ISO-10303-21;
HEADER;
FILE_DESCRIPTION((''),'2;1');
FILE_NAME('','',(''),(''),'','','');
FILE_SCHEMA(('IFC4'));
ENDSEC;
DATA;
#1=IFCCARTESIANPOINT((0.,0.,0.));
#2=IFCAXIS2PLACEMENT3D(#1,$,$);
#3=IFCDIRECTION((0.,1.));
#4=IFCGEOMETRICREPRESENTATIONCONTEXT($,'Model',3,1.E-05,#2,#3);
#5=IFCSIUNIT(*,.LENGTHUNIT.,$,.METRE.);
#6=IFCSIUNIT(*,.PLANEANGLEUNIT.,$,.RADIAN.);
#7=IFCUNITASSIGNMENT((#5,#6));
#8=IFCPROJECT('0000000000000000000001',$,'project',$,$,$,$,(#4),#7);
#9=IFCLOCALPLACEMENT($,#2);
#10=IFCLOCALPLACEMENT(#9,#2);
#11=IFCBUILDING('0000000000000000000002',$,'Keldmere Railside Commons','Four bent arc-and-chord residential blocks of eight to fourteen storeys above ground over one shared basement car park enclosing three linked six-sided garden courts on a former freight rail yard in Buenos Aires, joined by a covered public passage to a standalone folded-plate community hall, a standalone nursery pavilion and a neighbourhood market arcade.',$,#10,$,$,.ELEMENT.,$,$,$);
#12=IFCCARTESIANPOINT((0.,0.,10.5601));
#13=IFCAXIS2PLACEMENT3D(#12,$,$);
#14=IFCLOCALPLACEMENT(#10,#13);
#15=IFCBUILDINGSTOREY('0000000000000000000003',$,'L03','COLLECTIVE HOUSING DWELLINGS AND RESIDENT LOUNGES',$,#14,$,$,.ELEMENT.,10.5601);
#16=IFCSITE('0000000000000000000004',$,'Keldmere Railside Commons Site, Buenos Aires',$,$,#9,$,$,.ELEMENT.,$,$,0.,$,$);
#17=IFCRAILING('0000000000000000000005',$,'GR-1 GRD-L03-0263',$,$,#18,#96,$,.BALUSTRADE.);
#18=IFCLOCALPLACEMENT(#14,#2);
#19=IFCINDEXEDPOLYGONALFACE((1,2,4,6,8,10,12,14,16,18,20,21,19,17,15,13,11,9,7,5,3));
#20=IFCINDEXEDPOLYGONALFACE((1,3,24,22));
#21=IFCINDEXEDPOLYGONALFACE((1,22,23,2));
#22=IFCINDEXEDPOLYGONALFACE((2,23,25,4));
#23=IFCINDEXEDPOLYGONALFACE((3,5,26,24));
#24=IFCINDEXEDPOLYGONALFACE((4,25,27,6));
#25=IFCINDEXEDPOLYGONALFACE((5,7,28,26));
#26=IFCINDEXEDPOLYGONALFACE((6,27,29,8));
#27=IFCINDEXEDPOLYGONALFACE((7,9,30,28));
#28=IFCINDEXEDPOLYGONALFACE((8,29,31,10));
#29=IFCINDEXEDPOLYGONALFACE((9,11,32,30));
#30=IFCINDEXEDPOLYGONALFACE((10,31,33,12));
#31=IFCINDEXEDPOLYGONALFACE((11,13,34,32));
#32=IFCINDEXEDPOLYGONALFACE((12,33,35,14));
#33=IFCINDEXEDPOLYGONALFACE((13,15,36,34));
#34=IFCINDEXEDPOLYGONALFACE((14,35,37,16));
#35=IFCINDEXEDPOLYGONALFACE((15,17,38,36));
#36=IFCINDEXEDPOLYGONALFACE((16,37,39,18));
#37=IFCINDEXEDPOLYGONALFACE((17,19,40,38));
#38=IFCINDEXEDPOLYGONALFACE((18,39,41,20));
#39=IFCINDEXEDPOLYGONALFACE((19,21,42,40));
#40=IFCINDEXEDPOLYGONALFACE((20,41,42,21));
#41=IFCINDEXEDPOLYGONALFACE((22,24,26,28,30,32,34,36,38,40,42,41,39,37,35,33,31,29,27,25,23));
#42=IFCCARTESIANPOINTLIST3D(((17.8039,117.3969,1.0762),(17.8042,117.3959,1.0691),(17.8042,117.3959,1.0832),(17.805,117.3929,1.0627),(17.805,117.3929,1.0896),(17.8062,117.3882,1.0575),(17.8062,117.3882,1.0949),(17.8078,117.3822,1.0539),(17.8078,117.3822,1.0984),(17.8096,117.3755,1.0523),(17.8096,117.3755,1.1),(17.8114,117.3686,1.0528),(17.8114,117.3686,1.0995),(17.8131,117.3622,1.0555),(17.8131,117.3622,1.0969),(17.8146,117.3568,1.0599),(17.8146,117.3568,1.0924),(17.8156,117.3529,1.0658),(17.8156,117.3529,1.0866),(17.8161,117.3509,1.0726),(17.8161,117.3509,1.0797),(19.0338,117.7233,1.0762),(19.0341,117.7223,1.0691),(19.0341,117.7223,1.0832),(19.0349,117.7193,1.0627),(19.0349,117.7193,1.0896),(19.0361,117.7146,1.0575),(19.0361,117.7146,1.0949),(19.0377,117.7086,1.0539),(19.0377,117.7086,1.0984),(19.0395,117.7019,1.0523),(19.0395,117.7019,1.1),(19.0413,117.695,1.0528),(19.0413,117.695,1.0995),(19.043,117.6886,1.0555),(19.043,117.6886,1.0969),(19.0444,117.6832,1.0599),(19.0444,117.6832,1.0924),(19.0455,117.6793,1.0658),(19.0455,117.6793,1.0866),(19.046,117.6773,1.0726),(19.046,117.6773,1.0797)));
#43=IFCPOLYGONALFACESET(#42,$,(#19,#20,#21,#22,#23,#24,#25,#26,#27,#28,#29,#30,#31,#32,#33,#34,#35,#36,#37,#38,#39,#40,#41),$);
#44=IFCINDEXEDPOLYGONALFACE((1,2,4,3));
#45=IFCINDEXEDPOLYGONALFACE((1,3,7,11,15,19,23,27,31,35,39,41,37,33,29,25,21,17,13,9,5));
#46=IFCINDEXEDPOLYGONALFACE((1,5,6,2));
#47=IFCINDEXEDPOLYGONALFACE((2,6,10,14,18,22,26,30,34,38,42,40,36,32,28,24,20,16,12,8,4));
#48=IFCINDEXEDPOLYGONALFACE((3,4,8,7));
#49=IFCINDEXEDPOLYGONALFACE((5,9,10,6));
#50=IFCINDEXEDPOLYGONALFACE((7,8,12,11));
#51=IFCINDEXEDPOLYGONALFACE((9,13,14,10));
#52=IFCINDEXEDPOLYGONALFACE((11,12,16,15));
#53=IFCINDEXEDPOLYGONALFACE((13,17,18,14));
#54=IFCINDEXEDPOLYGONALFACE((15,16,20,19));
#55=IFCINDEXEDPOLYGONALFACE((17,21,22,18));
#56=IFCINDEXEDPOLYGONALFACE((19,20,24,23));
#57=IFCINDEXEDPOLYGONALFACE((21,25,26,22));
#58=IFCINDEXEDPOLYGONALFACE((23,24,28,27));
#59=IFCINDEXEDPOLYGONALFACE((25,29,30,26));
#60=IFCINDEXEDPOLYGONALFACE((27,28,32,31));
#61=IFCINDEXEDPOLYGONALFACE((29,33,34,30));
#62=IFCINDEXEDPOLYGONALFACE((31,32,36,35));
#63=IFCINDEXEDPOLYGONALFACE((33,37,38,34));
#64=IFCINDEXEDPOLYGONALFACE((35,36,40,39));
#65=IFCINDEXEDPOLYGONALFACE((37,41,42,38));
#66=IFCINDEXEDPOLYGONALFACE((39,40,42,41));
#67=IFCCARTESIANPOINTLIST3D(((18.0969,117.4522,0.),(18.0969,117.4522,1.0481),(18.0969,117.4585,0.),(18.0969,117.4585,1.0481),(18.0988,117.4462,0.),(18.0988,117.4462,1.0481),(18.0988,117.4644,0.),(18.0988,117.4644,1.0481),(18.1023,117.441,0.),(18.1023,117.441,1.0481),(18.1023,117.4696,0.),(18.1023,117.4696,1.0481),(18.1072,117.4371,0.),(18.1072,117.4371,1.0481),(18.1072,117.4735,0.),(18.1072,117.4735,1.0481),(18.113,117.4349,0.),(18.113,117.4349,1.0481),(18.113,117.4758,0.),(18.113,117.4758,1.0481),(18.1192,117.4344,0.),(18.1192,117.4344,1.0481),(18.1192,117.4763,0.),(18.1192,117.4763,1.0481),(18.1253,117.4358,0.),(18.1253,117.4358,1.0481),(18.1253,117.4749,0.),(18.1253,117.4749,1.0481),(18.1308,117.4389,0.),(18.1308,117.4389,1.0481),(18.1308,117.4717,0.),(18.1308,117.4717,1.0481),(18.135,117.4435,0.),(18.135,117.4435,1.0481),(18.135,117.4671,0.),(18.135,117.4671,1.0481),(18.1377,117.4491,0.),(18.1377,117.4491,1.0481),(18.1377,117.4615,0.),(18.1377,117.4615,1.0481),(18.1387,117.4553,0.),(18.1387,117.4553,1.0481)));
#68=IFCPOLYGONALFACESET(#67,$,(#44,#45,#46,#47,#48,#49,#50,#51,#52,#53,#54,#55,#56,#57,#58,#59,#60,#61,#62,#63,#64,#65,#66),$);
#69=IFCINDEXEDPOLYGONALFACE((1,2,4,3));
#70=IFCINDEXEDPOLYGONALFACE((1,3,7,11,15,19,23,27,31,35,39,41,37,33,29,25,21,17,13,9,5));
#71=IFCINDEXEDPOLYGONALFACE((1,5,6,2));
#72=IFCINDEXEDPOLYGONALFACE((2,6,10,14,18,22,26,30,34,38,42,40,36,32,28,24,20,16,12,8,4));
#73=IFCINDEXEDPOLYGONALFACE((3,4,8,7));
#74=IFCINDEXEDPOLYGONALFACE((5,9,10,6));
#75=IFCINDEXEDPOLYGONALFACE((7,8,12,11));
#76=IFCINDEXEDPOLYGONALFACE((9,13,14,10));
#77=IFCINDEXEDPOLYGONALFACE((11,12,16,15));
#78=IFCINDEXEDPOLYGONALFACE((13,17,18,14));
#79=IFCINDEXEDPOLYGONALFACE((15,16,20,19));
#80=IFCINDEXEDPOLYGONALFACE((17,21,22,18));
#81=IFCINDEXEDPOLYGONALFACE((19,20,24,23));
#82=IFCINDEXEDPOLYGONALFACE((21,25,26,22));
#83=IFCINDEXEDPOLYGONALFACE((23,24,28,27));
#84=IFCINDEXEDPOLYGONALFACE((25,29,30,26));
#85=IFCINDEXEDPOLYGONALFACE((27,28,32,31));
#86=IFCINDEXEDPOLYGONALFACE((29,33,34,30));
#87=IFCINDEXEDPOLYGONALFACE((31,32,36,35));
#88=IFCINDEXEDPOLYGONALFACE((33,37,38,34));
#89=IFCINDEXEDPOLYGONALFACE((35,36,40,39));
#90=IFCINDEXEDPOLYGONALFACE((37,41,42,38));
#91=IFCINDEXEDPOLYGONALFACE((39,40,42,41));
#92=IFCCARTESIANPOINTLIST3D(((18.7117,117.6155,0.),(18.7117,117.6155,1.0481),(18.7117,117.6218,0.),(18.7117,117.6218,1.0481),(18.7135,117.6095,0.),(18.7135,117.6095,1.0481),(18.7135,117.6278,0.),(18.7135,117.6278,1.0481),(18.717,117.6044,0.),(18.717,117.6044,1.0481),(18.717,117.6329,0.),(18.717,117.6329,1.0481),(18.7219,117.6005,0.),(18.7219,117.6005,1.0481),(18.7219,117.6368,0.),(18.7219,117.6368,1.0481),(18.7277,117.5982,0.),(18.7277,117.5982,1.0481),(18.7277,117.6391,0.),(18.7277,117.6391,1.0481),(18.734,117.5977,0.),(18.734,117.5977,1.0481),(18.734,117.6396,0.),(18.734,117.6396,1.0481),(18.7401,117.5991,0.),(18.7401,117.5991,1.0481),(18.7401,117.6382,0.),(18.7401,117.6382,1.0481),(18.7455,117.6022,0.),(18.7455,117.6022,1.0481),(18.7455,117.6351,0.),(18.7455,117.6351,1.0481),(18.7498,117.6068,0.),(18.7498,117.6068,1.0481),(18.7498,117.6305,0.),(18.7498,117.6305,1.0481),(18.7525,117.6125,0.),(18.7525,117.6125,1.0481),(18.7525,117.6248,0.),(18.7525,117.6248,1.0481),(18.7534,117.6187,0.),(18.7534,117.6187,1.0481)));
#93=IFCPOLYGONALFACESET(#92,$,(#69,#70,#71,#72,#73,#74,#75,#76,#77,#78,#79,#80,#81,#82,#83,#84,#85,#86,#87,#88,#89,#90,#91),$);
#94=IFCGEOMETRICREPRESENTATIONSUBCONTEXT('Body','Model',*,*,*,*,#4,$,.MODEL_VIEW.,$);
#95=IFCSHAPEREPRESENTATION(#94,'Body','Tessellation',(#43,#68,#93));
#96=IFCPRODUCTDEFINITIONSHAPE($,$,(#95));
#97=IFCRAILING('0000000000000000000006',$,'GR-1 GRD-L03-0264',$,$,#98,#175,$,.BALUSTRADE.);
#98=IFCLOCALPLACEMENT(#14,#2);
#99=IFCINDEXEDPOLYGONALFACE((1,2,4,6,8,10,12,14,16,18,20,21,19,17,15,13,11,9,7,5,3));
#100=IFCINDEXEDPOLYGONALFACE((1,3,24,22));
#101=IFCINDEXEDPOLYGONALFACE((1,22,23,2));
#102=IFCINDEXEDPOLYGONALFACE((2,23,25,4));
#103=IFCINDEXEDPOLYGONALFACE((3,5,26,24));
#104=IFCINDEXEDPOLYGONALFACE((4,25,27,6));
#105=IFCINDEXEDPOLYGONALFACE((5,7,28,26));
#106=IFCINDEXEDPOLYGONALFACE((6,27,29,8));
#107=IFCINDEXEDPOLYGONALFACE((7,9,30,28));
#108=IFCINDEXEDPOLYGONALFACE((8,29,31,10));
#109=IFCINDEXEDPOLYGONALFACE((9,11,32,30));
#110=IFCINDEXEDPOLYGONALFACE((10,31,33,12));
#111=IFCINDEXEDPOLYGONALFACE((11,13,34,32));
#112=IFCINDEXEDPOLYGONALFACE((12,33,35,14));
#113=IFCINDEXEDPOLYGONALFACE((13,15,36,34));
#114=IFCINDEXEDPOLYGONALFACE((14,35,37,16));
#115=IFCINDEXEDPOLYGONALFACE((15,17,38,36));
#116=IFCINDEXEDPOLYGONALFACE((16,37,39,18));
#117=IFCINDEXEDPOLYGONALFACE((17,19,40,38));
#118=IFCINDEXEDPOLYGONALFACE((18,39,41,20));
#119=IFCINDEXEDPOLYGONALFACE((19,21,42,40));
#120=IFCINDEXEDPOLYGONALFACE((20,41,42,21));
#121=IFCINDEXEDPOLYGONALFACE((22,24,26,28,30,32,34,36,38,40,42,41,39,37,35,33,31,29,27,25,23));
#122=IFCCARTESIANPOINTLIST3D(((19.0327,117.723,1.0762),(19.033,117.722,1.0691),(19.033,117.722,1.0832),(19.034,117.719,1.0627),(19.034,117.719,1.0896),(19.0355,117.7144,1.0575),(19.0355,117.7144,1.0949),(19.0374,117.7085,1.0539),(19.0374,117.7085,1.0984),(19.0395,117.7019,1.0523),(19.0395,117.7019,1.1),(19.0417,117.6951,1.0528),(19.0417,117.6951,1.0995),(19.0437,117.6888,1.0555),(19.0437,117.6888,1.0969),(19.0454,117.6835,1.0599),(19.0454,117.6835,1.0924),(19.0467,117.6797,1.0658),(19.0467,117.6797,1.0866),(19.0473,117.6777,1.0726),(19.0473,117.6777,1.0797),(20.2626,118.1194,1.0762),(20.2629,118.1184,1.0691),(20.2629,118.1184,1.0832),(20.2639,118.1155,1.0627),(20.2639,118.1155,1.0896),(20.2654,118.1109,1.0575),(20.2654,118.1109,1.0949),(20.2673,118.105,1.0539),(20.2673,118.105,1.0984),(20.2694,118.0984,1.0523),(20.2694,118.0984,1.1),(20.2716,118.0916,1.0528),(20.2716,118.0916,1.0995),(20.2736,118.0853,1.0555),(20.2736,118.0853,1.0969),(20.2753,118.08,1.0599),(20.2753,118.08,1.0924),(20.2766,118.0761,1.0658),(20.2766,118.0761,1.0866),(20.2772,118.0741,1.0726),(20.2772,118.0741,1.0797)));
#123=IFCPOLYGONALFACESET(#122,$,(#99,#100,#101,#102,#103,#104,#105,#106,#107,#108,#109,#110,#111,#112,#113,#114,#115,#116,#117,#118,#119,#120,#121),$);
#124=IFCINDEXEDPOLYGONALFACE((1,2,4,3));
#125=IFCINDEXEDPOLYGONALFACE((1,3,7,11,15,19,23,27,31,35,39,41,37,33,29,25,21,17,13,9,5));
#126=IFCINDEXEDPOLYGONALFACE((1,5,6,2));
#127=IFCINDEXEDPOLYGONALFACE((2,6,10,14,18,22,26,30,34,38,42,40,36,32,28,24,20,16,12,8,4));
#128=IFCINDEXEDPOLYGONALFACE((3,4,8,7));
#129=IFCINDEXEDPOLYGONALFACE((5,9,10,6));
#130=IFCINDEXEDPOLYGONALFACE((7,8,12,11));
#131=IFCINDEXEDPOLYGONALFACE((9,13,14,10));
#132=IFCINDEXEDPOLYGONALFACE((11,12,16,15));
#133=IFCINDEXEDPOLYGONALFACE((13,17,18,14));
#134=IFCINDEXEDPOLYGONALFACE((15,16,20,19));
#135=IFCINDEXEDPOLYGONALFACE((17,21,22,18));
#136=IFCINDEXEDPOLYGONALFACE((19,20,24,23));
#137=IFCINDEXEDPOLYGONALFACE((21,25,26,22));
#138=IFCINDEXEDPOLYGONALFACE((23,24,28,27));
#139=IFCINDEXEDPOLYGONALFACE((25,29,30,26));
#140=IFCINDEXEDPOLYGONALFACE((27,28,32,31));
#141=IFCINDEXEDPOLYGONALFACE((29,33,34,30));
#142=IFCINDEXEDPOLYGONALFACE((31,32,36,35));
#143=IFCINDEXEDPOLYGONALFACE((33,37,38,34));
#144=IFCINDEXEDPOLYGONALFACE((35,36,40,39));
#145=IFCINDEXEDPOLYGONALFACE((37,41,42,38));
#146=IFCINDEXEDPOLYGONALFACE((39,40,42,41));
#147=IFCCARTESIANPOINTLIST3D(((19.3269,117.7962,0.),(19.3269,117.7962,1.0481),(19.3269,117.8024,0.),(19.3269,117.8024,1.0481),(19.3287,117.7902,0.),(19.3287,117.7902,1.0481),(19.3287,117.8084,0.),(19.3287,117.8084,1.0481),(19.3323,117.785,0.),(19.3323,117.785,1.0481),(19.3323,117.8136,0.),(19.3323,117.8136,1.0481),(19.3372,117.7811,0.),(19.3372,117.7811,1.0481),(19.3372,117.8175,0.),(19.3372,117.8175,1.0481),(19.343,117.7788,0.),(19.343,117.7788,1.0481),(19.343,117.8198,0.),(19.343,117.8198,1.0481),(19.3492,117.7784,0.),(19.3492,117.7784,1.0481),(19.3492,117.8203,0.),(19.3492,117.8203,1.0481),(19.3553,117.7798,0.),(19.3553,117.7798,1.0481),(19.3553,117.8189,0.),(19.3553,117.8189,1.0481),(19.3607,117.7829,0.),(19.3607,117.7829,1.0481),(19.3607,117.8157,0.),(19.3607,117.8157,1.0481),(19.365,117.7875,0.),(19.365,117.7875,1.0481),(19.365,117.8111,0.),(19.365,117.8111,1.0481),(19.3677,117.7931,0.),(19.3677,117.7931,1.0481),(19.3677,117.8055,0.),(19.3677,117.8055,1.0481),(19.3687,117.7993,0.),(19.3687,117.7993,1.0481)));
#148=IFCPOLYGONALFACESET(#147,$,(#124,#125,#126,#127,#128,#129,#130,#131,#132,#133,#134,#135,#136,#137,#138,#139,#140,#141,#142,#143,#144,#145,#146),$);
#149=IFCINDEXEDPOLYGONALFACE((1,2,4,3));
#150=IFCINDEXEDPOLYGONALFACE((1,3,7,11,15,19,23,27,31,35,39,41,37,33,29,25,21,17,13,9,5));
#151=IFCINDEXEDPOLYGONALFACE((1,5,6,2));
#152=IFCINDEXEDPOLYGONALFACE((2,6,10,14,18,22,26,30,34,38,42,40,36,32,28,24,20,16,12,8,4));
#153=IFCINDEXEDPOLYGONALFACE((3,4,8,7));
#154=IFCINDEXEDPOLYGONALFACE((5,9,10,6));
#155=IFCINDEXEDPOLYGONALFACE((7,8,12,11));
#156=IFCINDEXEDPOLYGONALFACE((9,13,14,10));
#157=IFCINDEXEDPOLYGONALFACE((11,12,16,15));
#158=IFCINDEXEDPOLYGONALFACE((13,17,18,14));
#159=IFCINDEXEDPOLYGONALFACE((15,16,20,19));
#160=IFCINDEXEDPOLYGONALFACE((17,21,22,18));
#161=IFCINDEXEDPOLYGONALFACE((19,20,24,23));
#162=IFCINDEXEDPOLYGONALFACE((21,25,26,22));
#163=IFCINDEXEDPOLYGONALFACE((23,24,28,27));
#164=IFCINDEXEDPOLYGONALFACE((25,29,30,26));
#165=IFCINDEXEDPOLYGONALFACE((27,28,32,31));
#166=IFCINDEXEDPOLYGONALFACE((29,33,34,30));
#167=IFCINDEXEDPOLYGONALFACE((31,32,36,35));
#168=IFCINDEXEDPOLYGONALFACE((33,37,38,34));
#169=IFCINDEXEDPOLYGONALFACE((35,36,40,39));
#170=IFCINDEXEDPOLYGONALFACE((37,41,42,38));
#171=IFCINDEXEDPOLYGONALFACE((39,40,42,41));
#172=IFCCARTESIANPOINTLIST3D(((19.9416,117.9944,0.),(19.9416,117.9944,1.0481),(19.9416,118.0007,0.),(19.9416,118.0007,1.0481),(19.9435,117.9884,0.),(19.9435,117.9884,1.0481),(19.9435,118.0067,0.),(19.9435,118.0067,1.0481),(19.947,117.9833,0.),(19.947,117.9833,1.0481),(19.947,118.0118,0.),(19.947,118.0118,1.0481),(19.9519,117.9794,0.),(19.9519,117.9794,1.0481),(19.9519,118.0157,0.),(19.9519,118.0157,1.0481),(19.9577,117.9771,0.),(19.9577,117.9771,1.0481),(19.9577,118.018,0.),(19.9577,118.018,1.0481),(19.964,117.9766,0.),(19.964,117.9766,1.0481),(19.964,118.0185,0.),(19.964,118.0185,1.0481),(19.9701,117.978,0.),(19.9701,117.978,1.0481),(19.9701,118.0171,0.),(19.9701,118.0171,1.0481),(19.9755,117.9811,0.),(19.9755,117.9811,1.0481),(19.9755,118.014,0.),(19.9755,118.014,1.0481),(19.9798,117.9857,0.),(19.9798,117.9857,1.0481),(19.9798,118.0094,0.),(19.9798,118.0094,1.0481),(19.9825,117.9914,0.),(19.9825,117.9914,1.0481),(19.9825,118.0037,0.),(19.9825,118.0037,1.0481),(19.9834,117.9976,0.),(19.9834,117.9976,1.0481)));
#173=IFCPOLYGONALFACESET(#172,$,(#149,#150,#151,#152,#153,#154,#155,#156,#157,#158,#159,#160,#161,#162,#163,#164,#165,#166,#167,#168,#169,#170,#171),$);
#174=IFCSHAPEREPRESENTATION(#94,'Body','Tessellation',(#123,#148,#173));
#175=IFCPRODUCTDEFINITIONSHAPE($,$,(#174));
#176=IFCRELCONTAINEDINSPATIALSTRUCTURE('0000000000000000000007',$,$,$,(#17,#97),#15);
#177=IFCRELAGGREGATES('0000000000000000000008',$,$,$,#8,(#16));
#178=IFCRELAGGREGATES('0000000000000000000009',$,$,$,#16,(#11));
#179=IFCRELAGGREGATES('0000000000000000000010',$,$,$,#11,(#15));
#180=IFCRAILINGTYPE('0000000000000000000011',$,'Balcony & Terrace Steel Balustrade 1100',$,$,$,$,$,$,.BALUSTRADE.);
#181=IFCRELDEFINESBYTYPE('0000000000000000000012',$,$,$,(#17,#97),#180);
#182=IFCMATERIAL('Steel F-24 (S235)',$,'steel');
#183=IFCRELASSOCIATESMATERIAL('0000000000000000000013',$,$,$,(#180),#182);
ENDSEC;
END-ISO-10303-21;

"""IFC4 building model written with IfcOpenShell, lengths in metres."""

from ifc_helpers import new_model, si_unit, direction, frame, origin, origin_2d, place, context, subcontext, project, spatial, circle, extrude, material, type_object, element, save


model = new_model("IFC4")

# Units and contexts
model_context = context("Model", 3, precision=1e-05, world=origin(), true_north=direction((0.0, 1.0)))
body_context = subcontext(model_context, "Body", "Model", "MODEL_VIEW")
ifc_project = project(units=[si_unit("LENGTHUNIT", "METRE"), si_unit("PLANEANGLEUNIT", "RADIAN")], contexts=[model_context])

# Site, building, storey
site_placement = place(None, origin())
site = spatial("IfcSite", under=ifc_project, at=site_placement, Name="Keldmere Railside Commons Site, Buenos Aires", CompositionType="ELEMENT", RefElevation=0.0)
building_placement = place(site_placement, origin())
building = spatial("IfcBuilding", under=site, at=building_placement, Name="Keldmere Railside Commons", Description="Four bent arc-and-chord residential blocks of eight to fourteen storeys above ground over one shared basement car park enclosing three linked six-sided garden courts on a former freight rail yard in Buenos Aires, joined by a covered public passage to a standalone folded-plate community hall, a standalone nursery pavilion and a neighbourhood market arcade.", CompositionType="ELEMENT")
storey_placement = place(building_placement, frame((0.0, 0.0, 10.5601)))
storey = spatial("IfcBuildingStorey", under=building, at=storey_placement, Name="L03", Description="COLLECTIVE HOUSING DWELLINGS AND RESIDENT LOUNGES", CompositionType="ELEMENT", Elevation=10.5601)

# Railings
ifc_material_1 = material(Name="Steel F-24 (S235)", Category="steel")
railing_type = type_object("IfcRailingType", Name="Balcony & Terrace Steel Balustrade 1100", PredefinedType="BALUSTRADE", material=ifc_material_1)
railing_1_placement = place(storey_placement, frame((17.8101, 117.3738, 0.0)))
element("IfcRailing", 1, at=railing_1_placement, inside=storey, type_object=railing_type, Name="GR-1 GRD-L03-0263", PredefinedType="BALUSTRADE", context=body_context, shape_type="SweptSolid", body=[
    extrude(circle(Radius=0.0239, at=origin_2d()), frame((0.0, 0.0, 1.0762), z_axis=(0.966543, 0.256504, 0.0), x_axis=(-0.256504, 0.966543, 0.0)), (0.0, 0.0, 1.0), 1.2725),
    extrude(circle(Radius=0.021, at=origin_2d()), frame((0.3076, 0.0815, 0.0)), (0.0, 0.0, 1.0), 1.0481),
    extrude(circle(Radius=0.021, at=origin_2d()), frame((0.9224, 0.2449, 0.0)), (0.0, 0.0, 1.0), 1.0481),
])
railing_2_placement = place(storey_placement, frame((19.04, 117.7002, 0.0)))
element("IfcRailing", 2, at=railing_2_placement, inside=storey, type_object=railing_type, Name="GR-1 GRD-L03-0264", PredefinedType="BALUSTRADE", context=body_context, shape_type="SweptSolid", body=[
    extrude(circle(Radius=0.0239, at=origin_2d()), frame((0.0, 0.0, 1.0762), z_axis=(0.951773, 0.306804, 0.0), x_axis=(-0.306804, 0.951773, 0.0)), (0.0, 0.0, 1.0), 1.2922),
    extrude(circle(Radius=0.021, at=origin_2d()), frame((0.3076, 0.0991, 0.0)), (0.0, 0.0, 1.0), 1.0481),
    extrude(circle(Radius=0.021, at=origin_2d()), frame((0.9224, 0.2974, 0.0)), (0.0, 0.0, 1.0), 1.0481),
])

save(model, "model.ifc")
